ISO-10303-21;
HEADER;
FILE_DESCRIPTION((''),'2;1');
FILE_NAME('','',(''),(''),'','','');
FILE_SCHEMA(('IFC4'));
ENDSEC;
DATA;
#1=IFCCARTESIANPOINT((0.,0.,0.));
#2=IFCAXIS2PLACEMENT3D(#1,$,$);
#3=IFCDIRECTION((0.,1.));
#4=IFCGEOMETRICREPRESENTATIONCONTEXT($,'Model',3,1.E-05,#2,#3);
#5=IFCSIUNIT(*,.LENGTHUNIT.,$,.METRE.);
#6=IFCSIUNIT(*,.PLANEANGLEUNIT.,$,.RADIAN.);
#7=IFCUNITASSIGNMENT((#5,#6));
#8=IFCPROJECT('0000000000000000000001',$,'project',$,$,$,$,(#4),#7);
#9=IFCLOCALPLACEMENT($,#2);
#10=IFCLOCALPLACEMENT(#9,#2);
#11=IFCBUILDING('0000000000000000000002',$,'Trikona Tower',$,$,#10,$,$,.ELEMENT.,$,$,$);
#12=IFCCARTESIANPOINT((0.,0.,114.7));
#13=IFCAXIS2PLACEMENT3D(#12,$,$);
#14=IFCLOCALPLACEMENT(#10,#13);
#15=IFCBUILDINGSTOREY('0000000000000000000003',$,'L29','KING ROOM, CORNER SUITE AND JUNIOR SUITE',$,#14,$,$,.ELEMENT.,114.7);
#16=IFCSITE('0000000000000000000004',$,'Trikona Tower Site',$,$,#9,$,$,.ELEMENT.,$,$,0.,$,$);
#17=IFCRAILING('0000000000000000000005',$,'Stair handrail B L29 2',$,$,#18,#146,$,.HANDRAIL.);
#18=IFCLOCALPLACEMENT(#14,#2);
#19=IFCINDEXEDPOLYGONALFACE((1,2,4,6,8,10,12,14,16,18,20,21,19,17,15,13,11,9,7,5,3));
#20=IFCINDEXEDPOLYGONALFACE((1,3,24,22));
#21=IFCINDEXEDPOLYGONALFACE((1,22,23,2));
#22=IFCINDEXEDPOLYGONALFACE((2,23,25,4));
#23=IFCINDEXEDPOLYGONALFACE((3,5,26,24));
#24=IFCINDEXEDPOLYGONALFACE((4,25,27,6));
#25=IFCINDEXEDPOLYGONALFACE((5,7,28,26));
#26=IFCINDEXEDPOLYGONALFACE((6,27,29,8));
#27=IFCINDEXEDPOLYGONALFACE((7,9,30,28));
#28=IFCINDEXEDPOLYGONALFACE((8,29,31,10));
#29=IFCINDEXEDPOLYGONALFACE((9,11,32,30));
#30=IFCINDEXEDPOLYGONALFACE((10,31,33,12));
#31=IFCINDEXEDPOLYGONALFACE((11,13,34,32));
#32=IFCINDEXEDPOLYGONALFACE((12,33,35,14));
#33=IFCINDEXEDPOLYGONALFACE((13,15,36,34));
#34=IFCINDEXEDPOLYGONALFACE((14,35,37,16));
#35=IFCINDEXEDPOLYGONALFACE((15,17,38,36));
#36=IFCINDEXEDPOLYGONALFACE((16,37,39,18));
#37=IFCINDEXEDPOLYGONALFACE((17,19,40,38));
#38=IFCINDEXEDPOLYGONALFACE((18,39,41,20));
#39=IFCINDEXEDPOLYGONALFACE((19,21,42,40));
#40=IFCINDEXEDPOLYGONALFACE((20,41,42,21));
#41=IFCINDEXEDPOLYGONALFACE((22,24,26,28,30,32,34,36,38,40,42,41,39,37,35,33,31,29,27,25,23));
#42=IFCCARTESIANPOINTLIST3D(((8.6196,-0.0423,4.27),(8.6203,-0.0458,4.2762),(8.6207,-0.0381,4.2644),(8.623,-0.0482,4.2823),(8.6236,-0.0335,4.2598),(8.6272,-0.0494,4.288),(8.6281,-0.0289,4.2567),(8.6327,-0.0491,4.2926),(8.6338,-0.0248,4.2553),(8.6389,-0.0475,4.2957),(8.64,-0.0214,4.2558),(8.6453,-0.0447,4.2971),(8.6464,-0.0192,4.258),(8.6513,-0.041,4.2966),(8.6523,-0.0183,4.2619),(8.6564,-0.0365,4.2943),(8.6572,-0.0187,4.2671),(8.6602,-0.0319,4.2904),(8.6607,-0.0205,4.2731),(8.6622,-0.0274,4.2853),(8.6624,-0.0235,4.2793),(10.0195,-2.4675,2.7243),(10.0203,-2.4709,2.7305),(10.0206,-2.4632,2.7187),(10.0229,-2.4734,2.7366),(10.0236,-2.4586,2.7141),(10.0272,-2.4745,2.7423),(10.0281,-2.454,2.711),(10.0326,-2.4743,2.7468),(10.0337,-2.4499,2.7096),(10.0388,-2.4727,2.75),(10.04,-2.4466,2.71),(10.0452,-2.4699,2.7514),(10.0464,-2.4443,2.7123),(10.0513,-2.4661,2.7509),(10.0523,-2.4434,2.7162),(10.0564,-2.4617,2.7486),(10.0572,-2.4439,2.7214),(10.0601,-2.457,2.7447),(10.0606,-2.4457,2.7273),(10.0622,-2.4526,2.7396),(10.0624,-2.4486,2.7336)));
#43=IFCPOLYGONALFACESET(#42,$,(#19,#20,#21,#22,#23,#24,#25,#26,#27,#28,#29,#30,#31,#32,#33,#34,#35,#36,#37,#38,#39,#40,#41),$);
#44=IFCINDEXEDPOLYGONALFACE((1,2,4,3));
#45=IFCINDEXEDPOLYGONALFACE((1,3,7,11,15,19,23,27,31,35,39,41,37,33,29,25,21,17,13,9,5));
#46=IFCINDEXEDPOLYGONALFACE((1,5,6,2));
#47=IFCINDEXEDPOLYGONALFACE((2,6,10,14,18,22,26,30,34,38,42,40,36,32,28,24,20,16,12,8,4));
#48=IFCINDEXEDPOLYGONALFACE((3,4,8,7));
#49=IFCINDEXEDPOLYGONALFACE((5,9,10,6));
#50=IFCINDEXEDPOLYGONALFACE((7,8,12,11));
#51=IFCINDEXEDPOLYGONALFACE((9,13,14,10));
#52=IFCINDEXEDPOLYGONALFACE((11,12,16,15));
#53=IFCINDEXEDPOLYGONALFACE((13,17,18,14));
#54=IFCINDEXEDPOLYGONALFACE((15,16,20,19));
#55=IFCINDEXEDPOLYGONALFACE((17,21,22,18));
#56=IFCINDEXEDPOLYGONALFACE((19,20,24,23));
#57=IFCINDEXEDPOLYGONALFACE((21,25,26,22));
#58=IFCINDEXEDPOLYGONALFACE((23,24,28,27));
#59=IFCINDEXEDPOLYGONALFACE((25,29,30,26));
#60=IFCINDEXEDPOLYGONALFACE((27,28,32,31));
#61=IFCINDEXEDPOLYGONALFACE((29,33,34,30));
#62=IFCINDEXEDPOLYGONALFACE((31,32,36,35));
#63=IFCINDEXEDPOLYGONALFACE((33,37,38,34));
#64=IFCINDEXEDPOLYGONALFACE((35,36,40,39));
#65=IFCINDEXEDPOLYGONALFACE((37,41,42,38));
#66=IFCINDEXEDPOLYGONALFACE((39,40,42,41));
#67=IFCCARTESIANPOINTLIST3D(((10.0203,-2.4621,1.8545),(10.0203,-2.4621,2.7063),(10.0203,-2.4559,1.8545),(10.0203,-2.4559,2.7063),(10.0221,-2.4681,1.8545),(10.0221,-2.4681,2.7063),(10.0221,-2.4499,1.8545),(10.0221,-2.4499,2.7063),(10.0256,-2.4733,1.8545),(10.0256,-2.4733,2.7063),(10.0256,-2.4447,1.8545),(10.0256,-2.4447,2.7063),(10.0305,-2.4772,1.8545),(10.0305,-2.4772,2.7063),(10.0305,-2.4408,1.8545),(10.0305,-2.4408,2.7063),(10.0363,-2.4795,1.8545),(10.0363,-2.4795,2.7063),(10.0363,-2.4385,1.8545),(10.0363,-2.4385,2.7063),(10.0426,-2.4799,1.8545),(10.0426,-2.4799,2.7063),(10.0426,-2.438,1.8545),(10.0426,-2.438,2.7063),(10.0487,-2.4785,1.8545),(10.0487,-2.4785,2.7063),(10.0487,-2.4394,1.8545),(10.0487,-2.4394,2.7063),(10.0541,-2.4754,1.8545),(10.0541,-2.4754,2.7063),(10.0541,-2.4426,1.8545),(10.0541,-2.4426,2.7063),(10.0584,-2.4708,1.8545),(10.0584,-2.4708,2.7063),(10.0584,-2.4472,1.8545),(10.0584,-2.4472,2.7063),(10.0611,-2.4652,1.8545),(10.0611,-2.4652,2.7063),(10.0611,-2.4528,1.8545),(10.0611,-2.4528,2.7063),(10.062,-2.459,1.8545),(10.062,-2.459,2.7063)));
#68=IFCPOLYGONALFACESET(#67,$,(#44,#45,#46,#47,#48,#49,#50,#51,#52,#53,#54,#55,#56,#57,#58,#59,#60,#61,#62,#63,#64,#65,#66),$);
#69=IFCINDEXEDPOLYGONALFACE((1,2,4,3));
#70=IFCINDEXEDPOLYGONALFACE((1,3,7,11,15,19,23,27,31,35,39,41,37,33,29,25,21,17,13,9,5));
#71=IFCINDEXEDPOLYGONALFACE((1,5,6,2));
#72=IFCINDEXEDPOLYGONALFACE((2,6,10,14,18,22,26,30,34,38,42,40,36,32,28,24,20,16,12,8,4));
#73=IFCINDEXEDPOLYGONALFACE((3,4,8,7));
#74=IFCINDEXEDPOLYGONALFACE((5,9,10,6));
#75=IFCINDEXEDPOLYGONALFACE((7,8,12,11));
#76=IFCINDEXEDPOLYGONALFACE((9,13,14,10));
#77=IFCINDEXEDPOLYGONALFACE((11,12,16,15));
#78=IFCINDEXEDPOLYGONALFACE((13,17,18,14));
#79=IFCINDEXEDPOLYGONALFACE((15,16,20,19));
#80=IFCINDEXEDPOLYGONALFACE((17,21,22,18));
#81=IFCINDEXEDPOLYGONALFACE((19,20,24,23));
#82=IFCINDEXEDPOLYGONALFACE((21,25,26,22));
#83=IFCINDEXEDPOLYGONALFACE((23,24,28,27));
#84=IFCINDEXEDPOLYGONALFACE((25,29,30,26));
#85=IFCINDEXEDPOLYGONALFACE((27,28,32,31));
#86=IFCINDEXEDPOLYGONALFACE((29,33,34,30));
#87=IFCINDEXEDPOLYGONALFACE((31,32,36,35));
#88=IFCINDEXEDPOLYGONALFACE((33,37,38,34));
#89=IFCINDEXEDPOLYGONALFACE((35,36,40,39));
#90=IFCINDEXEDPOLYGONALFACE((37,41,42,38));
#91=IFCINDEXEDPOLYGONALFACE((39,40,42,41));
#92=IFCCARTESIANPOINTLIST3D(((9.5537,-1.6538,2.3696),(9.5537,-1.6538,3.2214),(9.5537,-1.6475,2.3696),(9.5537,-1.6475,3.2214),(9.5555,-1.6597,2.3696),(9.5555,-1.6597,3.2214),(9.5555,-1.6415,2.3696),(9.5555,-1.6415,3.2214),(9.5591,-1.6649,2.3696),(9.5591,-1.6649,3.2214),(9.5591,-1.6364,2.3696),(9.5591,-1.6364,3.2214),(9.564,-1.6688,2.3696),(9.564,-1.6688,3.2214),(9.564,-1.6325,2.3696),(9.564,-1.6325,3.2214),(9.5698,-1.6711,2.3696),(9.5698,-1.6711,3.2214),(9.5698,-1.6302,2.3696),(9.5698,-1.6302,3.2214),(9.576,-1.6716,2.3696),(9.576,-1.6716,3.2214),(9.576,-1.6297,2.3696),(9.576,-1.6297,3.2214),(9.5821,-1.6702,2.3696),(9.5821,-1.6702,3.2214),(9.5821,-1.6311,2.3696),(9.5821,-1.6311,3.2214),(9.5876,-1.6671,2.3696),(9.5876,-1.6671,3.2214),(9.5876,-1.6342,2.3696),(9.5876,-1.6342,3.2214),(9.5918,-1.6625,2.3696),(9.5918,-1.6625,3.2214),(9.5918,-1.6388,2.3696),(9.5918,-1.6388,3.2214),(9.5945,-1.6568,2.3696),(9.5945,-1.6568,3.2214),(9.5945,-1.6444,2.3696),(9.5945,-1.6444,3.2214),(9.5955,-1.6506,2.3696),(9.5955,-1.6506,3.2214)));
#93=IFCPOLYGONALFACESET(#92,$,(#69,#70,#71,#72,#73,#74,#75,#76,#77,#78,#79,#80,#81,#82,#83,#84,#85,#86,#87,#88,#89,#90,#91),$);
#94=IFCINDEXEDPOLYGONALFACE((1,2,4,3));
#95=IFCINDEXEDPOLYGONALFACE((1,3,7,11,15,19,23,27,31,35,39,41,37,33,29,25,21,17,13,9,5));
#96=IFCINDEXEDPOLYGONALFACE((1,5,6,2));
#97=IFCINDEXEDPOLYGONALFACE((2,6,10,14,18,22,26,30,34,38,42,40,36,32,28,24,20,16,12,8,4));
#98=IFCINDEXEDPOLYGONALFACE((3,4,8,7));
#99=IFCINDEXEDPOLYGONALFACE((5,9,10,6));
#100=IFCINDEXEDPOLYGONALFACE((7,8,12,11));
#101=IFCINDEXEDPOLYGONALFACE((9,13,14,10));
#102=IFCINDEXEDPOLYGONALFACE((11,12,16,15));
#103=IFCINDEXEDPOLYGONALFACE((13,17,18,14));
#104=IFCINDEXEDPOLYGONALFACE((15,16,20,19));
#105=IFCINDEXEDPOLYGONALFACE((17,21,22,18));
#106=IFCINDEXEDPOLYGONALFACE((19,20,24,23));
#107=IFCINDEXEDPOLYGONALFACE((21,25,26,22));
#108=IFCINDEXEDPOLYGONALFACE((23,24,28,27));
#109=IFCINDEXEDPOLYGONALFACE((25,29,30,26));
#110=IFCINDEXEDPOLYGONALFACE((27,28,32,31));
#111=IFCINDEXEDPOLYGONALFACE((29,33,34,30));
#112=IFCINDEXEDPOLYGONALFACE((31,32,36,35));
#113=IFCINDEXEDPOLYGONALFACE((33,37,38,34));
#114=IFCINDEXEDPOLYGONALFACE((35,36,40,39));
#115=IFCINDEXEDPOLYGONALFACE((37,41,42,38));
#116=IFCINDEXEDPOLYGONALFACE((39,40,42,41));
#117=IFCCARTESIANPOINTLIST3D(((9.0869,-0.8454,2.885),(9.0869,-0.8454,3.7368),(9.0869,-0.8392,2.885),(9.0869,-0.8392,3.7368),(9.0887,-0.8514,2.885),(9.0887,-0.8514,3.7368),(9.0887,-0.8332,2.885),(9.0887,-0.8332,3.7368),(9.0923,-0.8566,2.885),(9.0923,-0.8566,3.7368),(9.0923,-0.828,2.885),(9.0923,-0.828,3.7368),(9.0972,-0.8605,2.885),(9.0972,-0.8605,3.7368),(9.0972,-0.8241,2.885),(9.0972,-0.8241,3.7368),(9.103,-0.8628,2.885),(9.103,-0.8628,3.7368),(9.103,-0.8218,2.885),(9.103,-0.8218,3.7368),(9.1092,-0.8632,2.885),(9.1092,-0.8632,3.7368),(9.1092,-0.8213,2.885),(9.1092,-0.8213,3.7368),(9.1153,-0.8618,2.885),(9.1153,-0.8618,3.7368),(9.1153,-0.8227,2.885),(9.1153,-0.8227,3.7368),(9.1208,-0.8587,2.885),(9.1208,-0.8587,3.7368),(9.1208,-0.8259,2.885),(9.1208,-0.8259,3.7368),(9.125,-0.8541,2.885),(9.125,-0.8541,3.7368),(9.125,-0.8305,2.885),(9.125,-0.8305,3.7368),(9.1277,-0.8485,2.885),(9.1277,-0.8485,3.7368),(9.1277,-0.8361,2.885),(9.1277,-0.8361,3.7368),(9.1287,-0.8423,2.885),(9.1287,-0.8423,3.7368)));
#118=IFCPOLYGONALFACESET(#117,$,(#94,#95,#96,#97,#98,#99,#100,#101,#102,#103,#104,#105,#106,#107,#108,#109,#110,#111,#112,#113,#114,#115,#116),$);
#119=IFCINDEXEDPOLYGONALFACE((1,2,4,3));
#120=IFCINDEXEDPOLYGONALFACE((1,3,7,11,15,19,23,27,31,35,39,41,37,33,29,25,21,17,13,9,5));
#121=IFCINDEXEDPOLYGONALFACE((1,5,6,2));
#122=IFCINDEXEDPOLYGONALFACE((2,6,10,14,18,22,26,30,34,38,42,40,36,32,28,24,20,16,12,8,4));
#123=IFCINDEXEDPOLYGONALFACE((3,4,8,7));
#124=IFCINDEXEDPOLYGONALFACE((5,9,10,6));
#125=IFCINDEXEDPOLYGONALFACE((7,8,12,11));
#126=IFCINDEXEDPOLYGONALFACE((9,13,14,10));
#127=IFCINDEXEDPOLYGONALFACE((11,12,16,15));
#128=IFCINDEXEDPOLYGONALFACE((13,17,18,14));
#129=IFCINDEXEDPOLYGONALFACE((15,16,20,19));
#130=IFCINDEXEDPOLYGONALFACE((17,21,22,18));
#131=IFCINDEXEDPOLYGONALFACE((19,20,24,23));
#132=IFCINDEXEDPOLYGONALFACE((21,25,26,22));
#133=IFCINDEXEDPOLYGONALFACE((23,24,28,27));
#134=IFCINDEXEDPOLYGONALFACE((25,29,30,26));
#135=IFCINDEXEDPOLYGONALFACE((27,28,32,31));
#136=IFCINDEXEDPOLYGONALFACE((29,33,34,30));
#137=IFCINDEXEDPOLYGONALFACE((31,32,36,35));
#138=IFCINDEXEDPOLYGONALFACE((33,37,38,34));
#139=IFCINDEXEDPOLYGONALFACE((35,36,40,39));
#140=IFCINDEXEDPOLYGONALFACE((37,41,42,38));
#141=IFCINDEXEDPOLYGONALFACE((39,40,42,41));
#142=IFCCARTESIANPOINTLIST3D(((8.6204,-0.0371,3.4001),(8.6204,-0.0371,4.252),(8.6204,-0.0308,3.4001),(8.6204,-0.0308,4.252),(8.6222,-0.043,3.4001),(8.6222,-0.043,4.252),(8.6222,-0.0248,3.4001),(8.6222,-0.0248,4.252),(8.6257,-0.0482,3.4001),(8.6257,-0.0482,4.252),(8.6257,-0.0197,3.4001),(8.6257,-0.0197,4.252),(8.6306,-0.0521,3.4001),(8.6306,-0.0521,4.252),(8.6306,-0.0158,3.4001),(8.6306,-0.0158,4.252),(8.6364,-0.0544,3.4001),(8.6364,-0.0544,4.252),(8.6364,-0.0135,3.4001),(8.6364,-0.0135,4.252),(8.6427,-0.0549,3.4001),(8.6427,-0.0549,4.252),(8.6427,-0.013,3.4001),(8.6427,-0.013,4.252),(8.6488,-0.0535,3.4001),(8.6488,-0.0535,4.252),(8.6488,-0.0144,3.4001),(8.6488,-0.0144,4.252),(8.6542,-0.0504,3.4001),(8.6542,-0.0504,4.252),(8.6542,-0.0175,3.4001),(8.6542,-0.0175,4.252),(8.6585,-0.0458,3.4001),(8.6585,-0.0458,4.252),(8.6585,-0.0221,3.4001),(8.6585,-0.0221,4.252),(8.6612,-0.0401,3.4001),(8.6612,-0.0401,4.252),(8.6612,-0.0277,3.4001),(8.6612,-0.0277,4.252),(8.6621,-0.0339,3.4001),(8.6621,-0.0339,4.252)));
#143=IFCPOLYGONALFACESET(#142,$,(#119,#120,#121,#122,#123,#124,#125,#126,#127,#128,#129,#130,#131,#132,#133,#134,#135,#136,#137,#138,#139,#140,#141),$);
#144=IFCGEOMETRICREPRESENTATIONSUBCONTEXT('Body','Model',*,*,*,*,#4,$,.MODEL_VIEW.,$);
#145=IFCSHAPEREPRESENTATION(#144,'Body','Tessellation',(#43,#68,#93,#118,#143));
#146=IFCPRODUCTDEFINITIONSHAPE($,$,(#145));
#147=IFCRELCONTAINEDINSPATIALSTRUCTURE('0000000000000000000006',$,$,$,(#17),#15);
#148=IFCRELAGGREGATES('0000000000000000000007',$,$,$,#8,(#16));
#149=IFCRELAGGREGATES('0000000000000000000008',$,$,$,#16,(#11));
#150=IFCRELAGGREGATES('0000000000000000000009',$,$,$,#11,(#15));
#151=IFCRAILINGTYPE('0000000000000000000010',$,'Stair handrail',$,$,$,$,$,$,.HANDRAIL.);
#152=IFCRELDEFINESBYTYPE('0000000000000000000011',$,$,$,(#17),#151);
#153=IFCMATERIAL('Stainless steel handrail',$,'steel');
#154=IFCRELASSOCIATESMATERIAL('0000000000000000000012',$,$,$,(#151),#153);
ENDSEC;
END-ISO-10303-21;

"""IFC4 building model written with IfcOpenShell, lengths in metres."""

from ifc_helpers import new_model, si_unit, direction, frame, origin, origin_2d, place, context, subcontext, project, spatial, circle, extrude, material, type_object, element, save


model = new_model("IFC4")

# Units and contexts
model_context = context("Model", 3, precision=1e-05, world=origin(), true_north=direction((0.0, 1.0)))
body_context = subcontext(model_context, "Body", "Model", "MODEL_VIEW")
ifc_project = project(units=[si_unit("LENGTHUNIT", "METRE"), si_unit("PLANEANGLEUNIT", "RADIAN")], contexts=[model_context])

# Site, building, storey
site_placement = place(None, origin())
site = spatial("IfcSite", under=ifc_project, at=site_placement, Name="Trikona Tower Site", CompositionType="ELEMENT", RefElevation=0.0)
building_placement = place(site_placement, origin())
building = spatial("IfcBuilding", under=site, at=building_placement, Name="Trikona Tower", CompositionType="ELEMENT")
storey_placement = place(building_placement, frame((0.0, 0.0, 114.7)))
storey = spatial("IfcBuildingStorey", under=building, at=storey_placement, Name="L29", Description="KING ROOM, CORNER SUITE AND JUNIOR SUITE", CompositionType="ELEMENT", Elevation=114.7)

# Railing
ifc_material_1 = material(Name="Stainless steel handrail", Category="steel")
railing_type = type_object("IfcRailingType", Name="Stair handrail", PredefinedType="HANDRAIL", material=ifc_material_1)
railing_placement = place(storey_placement, frame((10.041, -2.459, 1.8545)))
element("IfcRailing", 1, at=railing_placement, inside=storey, type_object=railing_type, Name="Stair handrail B L29 2", PredefinedType="HANDRAIL", context=body_context, shape_type="SweptSolid", body=[
    extrude(circle(Radius=0.0239, at=origin_2d()), frame((0.0, 0.0, 0.876), z_axis=(-0.437691, 0.758212, 0.483262), x_axis=(-0.866056, -0.499946, 0.0)), (0.0, 0.0, 1.0), 3.1985),
    extrude(circle(Radius=0.021, at=origin_2d()), origin(), (0.0, 0.0, 1.0), 0.8518),
    extrude(circle(Radius=0.021, at=origin_2d()), frame((-0.4666, 0.8083, 0.5151)), (0.0, 0.0, 1.0), 0.8518),
    extrude(circle(Radius=0.021, at=origin_2d()), frame((-0.9333, 1.6167, 1.0305)), (0.0, 0.0, 1.0), 0.8518),
    extrude(circle(Radius=0.021, at=origin_2d()), frame((-1.3999, 2.425, 1.5457)), (0.0, 0.0, 1.0), 0.8518),
])

save(model, "model.ifc")
